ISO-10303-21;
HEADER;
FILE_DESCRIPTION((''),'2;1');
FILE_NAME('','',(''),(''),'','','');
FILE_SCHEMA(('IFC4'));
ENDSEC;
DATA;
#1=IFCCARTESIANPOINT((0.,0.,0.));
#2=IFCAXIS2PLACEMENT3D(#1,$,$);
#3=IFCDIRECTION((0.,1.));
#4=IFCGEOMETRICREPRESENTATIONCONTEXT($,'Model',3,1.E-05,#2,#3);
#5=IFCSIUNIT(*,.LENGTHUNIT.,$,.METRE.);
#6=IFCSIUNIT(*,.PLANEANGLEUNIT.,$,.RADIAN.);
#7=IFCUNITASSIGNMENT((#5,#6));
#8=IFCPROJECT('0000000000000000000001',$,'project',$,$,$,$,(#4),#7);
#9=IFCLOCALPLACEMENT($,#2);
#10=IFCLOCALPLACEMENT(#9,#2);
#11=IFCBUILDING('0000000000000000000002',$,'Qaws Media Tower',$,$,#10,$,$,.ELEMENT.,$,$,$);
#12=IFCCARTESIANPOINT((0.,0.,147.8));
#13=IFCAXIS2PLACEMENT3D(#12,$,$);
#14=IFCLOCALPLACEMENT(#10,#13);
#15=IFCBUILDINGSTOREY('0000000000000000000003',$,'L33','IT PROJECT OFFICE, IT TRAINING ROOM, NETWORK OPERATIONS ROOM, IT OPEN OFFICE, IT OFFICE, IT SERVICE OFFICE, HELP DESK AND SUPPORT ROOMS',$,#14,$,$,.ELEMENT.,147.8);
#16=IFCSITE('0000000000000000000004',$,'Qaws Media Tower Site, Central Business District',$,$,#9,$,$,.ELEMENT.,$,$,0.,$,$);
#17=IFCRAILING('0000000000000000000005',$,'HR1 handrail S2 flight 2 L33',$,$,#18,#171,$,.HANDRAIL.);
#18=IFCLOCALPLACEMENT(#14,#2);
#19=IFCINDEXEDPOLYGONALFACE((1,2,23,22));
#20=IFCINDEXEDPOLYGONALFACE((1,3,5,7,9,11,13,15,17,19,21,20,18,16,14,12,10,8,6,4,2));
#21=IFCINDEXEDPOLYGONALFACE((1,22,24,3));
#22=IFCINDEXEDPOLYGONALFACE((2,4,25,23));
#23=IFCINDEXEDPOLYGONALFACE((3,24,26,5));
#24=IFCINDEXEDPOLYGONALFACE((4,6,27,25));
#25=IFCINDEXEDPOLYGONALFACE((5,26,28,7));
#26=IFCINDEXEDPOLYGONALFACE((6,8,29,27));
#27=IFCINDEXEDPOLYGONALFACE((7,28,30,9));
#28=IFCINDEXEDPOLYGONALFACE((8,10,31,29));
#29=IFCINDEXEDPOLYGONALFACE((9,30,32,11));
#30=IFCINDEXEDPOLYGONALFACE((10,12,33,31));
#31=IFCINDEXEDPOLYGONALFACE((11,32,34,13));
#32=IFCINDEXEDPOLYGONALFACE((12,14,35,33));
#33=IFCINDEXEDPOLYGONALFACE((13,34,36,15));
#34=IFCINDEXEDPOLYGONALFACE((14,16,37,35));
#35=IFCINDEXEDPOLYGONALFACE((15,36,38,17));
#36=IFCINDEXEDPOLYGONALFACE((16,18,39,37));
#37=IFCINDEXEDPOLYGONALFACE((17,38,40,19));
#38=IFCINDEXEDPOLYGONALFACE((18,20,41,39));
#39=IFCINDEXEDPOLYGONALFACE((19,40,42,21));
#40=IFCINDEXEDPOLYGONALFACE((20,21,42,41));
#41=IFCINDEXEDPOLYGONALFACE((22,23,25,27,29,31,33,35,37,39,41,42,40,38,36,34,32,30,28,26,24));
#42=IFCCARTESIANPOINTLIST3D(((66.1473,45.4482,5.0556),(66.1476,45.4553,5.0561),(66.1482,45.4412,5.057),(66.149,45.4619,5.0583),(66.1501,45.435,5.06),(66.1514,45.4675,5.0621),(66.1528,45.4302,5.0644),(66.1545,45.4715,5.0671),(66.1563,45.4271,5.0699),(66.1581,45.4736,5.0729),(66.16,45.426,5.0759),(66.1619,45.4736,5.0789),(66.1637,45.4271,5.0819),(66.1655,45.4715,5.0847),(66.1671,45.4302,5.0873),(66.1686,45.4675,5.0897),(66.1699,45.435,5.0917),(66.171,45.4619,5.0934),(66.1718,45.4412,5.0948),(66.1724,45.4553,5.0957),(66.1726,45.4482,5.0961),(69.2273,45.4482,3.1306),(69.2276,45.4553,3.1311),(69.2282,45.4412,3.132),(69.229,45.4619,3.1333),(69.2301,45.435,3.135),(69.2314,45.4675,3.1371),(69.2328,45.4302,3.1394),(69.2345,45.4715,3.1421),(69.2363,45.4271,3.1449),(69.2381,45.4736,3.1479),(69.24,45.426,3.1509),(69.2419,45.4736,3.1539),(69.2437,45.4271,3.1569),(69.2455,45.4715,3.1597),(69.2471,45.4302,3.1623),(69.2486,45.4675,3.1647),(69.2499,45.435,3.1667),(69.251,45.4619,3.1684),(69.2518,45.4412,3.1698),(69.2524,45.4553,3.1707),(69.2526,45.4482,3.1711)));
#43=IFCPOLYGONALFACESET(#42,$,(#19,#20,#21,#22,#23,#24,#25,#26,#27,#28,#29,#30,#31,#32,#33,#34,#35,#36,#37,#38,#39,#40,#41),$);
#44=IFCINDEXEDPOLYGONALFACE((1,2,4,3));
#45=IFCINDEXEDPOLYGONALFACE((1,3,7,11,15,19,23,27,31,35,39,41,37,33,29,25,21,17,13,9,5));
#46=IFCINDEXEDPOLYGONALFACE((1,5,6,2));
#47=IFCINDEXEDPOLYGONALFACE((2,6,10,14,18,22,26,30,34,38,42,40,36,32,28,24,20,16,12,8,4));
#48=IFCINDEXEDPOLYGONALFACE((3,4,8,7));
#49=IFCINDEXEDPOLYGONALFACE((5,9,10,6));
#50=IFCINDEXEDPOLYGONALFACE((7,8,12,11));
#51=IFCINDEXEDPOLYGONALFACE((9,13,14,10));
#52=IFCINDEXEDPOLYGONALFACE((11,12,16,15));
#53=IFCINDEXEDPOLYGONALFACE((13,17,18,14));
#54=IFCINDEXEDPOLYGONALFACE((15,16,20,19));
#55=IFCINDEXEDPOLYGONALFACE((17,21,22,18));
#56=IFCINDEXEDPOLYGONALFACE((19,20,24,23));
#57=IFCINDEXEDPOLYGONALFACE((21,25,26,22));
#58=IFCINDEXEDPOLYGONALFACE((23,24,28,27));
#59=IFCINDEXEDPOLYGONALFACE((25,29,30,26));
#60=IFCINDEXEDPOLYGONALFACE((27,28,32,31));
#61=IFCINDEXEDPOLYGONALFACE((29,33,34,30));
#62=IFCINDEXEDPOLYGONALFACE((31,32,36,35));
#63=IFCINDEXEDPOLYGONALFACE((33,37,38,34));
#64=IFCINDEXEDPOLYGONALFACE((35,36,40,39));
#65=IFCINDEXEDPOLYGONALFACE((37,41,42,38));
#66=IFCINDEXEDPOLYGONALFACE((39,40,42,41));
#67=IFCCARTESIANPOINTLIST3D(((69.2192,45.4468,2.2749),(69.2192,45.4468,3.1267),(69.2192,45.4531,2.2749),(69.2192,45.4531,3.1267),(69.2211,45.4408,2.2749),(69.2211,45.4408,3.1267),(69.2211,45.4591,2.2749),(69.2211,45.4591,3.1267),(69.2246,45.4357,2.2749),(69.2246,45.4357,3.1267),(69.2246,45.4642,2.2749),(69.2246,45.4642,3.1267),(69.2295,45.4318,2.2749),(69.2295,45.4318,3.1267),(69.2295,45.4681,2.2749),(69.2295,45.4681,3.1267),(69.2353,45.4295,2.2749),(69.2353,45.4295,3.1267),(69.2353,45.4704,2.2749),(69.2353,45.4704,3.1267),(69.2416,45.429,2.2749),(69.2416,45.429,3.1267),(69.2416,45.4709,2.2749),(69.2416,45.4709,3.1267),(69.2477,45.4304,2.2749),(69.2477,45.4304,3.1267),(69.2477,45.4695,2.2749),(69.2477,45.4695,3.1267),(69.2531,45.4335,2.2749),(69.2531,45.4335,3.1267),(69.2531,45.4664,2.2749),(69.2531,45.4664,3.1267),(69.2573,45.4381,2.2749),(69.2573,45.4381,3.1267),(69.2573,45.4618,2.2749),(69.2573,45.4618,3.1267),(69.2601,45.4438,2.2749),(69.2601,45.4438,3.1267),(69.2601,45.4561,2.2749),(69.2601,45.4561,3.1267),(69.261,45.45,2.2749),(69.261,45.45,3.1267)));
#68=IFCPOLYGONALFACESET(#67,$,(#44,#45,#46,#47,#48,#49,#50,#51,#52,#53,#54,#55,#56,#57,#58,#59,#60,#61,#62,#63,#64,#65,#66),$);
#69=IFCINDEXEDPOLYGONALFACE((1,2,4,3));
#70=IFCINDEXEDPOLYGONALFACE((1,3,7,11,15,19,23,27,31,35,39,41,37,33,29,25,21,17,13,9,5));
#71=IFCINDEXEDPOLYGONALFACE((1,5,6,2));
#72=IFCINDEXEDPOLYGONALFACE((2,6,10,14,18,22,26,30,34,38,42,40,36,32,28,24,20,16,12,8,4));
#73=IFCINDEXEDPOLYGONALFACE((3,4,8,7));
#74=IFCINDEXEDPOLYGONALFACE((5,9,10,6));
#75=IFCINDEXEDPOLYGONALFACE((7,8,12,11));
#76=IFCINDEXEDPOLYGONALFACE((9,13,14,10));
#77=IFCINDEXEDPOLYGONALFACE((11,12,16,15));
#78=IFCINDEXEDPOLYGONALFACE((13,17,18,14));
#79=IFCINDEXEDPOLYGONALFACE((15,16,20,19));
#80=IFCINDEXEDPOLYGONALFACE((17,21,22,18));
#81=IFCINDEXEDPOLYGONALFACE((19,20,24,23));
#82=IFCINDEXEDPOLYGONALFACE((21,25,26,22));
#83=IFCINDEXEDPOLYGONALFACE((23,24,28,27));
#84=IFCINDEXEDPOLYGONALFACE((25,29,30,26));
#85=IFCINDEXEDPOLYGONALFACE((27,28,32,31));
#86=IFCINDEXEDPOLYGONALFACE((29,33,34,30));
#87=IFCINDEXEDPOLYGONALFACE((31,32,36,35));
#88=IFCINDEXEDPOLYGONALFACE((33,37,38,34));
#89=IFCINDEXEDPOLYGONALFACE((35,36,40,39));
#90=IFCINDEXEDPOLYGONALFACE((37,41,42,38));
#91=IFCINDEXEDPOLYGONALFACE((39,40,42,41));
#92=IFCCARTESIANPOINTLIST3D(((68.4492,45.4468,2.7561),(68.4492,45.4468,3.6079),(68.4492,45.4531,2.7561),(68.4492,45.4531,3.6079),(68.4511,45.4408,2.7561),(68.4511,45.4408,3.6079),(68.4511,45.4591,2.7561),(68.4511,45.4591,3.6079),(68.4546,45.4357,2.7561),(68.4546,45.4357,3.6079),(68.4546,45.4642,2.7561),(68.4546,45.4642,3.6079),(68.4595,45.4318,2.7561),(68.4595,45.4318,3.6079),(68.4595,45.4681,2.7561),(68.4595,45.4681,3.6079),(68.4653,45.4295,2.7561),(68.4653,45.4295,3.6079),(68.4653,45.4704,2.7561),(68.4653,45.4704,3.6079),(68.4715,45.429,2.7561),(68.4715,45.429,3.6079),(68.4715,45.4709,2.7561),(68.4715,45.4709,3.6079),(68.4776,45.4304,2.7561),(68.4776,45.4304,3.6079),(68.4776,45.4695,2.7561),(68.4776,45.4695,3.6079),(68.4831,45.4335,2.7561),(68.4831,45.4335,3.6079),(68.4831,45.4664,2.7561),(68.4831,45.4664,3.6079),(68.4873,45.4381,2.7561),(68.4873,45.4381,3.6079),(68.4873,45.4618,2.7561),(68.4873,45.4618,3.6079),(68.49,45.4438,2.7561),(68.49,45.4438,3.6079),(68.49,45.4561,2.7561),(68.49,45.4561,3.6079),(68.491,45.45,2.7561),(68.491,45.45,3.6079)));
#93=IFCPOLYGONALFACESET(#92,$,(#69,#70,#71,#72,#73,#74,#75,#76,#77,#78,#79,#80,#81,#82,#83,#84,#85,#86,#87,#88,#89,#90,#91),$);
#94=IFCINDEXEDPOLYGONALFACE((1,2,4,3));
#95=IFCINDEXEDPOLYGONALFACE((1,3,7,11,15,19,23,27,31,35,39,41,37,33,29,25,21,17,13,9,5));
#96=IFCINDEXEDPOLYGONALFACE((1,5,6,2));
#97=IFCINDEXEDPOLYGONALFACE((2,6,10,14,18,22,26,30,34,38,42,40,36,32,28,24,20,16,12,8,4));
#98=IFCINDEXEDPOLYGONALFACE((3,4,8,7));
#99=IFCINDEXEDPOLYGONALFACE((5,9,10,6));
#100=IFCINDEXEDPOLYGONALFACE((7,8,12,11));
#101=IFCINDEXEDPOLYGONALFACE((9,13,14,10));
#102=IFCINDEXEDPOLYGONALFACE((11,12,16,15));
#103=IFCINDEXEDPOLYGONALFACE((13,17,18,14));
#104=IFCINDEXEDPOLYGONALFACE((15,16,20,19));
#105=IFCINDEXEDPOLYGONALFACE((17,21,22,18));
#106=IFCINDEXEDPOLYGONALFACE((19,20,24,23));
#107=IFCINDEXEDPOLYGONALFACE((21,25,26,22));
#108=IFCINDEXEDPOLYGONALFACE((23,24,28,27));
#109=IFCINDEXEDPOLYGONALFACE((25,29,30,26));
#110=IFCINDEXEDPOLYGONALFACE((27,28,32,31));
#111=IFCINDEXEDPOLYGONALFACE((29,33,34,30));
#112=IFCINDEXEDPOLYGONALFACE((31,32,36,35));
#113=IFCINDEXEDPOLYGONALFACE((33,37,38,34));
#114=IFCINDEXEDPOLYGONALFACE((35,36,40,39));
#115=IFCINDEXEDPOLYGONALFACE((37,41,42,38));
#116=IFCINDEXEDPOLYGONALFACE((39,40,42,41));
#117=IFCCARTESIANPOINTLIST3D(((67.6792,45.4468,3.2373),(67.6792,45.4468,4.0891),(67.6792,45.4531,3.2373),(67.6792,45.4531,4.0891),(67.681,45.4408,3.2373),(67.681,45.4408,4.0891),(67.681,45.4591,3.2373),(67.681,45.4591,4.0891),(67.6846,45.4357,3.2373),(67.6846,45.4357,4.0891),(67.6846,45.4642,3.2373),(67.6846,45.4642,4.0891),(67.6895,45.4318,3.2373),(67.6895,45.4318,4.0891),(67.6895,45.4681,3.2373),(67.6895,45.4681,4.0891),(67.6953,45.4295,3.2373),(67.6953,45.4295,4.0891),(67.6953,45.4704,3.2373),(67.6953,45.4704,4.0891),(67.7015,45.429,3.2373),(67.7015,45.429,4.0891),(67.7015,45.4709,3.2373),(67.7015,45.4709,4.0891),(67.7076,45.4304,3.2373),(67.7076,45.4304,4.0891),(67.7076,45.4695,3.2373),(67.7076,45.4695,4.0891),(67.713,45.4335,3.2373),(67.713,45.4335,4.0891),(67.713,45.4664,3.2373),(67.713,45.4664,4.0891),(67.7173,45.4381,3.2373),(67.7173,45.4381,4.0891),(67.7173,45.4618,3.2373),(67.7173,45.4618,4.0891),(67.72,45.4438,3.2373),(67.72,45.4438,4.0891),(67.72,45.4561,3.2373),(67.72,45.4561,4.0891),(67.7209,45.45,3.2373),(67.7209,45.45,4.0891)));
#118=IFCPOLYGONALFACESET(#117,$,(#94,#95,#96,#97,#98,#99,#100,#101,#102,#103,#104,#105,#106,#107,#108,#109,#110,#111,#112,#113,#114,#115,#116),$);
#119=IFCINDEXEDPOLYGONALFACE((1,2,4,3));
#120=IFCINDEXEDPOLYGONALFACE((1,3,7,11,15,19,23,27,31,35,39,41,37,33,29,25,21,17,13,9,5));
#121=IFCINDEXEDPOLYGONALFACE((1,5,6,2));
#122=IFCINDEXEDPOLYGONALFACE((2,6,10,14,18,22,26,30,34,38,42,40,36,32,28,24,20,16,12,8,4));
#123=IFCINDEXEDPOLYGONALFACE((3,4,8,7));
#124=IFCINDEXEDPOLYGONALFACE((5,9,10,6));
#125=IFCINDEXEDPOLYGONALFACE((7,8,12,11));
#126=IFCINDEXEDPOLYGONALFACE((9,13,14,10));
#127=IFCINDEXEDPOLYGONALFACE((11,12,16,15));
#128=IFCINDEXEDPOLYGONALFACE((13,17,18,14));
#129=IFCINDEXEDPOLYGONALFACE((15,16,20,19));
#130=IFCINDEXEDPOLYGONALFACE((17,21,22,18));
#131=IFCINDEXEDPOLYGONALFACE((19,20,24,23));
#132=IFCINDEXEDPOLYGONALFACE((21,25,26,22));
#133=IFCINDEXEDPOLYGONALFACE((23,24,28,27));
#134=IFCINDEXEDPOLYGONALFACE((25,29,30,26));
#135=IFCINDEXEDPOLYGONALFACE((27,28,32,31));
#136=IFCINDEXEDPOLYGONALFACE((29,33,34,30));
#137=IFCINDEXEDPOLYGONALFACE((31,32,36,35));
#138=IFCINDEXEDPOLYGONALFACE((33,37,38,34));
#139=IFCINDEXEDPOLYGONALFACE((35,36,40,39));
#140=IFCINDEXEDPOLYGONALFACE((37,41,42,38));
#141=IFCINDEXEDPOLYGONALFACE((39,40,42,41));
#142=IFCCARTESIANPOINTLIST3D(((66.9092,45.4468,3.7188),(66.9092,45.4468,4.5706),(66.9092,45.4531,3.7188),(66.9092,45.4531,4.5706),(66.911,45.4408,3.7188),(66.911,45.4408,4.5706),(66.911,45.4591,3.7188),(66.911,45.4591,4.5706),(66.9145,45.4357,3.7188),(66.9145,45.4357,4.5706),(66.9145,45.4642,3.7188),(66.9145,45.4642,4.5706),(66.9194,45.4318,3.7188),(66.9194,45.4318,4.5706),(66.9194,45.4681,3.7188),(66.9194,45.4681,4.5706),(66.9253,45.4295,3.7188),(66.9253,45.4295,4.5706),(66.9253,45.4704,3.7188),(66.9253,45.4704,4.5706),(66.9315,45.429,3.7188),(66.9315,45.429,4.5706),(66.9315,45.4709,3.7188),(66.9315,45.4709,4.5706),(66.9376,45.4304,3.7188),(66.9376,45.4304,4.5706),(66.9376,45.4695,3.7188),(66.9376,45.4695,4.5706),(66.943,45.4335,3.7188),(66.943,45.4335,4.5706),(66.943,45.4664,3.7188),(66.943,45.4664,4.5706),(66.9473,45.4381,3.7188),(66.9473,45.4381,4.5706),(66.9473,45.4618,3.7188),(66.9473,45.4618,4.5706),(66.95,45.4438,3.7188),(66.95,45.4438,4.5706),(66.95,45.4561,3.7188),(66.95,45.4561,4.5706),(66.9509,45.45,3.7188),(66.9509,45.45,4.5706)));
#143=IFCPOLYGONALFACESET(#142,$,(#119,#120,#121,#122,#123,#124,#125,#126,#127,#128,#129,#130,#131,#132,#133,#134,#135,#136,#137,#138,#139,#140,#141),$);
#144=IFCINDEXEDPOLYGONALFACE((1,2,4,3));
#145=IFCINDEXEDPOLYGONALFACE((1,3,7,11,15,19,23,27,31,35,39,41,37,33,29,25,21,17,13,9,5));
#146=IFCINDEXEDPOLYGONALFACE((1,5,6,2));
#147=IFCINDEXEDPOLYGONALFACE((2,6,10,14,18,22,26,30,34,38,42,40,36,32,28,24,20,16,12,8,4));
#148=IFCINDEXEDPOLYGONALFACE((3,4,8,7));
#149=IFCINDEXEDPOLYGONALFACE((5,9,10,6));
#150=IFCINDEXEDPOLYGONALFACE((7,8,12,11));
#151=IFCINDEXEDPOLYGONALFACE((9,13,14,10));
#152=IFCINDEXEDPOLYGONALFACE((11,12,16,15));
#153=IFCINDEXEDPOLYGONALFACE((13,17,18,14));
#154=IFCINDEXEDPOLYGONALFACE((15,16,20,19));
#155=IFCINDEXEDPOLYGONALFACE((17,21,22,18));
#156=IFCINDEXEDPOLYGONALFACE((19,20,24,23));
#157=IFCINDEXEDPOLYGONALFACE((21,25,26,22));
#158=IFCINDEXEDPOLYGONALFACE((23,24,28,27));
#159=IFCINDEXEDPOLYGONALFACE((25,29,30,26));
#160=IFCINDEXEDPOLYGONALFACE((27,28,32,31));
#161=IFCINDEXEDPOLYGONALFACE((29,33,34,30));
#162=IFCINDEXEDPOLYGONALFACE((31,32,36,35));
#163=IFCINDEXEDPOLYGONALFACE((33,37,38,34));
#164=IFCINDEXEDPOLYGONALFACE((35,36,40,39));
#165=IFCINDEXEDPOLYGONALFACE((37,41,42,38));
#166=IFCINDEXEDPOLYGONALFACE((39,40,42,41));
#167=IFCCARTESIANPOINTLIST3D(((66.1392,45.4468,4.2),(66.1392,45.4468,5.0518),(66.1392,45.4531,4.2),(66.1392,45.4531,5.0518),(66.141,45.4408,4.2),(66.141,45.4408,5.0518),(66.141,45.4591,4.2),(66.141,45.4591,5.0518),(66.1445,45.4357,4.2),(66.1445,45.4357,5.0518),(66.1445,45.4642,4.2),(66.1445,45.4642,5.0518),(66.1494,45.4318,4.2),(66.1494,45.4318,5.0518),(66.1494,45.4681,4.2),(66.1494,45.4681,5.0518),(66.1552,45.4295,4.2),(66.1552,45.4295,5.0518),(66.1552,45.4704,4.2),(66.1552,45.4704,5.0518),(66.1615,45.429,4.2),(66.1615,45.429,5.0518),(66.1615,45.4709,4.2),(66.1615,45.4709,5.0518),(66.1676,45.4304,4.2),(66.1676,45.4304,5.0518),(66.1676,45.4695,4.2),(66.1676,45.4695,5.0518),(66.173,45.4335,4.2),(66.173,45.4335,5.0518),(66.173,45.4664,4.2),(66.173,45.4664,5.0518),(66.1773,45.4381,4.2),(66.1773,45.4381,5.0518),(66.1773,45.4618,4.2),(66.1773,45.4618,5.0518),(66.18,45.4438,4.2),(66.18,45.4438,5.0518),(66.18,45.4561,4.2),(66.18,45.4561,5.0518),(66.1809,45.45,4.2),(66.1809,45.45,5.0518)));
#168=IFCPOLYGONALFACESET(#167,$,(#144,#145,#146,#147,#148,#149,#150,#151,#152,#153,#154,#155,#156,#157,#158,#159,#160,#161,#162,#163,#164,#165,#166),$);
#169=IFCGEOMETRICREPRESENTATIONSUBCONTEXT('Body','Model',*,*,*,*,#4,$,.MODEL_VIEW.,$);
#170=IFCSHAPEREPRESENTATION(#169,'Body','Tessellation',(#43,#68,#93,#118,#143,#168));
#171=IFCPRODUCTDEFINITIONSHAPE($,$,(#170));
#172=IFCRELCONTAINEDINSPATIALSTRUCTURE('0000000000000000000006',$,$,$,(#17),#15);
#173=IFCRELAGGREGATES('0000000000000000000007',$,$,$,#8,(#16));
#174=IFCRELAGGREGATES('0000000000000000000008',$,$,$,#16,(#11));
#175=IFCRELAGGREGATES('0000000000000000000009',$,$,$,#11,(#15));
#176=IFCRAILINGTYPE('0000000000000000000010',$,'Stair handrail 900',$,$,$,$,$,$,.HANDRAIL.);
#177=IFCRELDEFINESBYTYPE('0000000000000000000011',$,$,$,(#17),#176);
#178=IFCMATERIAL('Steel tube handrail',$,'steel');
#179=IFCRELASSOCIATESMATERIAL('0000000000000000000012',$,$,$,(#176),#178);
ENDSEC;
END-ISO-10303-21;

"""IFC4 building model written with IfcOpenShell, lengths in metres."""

from ifc_helpers import new_model, si_unit, direction, frame, origin, origin_2d, place, context, subcontext, project, spatial, circle, extrude, material, type_object, element, save


model = new_model("IFC4")

# Units and contexts
model_context = context("Model", 3, precision=1e-05, world=origin(), true_north=direction((0.0, 1.0)))
body_context = subcontext(model_context, "Body", "Model", "MODEL_VIEW")
ifc_project = project(units=[si_unit("LENGTHUNIT", "METRE"), si_unit("PLANEANGLEUNIT", "RADIAN")], contexts=[model_context])

# Site, building, storey
site_placement = place(None, origin())
site = spatial("IfcSite", under=ifc_project, at=site_placement, Name="Qaws Media Tower Site, Central Business District", CompositionType="ELEMENT", RefElevation=0.0)
building_placement = place(site_placement, origin())
building = spatial("IfcBuilding", under=site, at=building_placement, Name="Qaws Media Tower", CompositionType="ELEMENT")
storey_placement = place(building_placement, frame((0.0, 0.0, 147.8)))
storey = spatial("IfcBuildingStorey", under=building, at=storey_placement, Name="L33", Description="IT PROJECT OFFICE, IT TRAINING ROOM, NETWORK OPERATIONS ROOM, IT OPEN OFFICE, IT OFFICE, IT SERVICE OFFICE, HELP DESK AND SUPPORT ROOMS", CompositionType="ELEMENT", Elevation=147.8)

# Railing
ifc_material_1 = material(Name="Steel tube handrail", Category="steel")
railing_type = type_object("IfcRailingType", Name="Stair handrail 900", PredefinedType="HANDRAIL", material=ifc_material_1)
for number, where, name in (
    (1, (69.24, 45.45, 2.2749), "HR1 handrail S2 flight 2 L33"),
):
    element("IfcRailing", number, at=place(storey_placement, frame(where)), inside=storey, type_object=railing_type, Name=name, PredefinedType="HANDRAIL", context=body_context, shape_type="SweptSolid", body=[
        extrude(circle(Radius=0.0239, at=origin_2d()), frame((0.0, 0.0, 0.876), z_axis=(-0.847998, 0.0, 0.529999), x_axis=(0.0, -1.0, 0.0)), (0.0, 0.0, 1.0), 3.6321),
        extrude(circle(Radius=0.021, at=origin_2d()), origin(), (0.0, 0.0, 1.0), 0.8518),
        extrude(circle(Radius=0.021, at=origin_2d()), frame((-0.77, 0.0, 0.4812)), (0.0, 0.0, 1.0), 0.8518),
        extrude(circle(Radius=0.021, at=origin_2d()), frame((-1.54, 0.0, 0.9624)), (0.0, 0.0, 1.0), 0.8518),
        extrude(circle(Radius=0.021, at=origin_2d()), frame((-2.3101, 0.0, 1.4438)), (0.0, 0.0, 1.0), 0.8518),
        extrude(circle(Radius=0.021, at=origin_2d()), frame((-3.0801, 0.0, 1.925)), (0.0, 0.0, 1.0), 0.8518),
    ])

save(model, "model.ifc")
